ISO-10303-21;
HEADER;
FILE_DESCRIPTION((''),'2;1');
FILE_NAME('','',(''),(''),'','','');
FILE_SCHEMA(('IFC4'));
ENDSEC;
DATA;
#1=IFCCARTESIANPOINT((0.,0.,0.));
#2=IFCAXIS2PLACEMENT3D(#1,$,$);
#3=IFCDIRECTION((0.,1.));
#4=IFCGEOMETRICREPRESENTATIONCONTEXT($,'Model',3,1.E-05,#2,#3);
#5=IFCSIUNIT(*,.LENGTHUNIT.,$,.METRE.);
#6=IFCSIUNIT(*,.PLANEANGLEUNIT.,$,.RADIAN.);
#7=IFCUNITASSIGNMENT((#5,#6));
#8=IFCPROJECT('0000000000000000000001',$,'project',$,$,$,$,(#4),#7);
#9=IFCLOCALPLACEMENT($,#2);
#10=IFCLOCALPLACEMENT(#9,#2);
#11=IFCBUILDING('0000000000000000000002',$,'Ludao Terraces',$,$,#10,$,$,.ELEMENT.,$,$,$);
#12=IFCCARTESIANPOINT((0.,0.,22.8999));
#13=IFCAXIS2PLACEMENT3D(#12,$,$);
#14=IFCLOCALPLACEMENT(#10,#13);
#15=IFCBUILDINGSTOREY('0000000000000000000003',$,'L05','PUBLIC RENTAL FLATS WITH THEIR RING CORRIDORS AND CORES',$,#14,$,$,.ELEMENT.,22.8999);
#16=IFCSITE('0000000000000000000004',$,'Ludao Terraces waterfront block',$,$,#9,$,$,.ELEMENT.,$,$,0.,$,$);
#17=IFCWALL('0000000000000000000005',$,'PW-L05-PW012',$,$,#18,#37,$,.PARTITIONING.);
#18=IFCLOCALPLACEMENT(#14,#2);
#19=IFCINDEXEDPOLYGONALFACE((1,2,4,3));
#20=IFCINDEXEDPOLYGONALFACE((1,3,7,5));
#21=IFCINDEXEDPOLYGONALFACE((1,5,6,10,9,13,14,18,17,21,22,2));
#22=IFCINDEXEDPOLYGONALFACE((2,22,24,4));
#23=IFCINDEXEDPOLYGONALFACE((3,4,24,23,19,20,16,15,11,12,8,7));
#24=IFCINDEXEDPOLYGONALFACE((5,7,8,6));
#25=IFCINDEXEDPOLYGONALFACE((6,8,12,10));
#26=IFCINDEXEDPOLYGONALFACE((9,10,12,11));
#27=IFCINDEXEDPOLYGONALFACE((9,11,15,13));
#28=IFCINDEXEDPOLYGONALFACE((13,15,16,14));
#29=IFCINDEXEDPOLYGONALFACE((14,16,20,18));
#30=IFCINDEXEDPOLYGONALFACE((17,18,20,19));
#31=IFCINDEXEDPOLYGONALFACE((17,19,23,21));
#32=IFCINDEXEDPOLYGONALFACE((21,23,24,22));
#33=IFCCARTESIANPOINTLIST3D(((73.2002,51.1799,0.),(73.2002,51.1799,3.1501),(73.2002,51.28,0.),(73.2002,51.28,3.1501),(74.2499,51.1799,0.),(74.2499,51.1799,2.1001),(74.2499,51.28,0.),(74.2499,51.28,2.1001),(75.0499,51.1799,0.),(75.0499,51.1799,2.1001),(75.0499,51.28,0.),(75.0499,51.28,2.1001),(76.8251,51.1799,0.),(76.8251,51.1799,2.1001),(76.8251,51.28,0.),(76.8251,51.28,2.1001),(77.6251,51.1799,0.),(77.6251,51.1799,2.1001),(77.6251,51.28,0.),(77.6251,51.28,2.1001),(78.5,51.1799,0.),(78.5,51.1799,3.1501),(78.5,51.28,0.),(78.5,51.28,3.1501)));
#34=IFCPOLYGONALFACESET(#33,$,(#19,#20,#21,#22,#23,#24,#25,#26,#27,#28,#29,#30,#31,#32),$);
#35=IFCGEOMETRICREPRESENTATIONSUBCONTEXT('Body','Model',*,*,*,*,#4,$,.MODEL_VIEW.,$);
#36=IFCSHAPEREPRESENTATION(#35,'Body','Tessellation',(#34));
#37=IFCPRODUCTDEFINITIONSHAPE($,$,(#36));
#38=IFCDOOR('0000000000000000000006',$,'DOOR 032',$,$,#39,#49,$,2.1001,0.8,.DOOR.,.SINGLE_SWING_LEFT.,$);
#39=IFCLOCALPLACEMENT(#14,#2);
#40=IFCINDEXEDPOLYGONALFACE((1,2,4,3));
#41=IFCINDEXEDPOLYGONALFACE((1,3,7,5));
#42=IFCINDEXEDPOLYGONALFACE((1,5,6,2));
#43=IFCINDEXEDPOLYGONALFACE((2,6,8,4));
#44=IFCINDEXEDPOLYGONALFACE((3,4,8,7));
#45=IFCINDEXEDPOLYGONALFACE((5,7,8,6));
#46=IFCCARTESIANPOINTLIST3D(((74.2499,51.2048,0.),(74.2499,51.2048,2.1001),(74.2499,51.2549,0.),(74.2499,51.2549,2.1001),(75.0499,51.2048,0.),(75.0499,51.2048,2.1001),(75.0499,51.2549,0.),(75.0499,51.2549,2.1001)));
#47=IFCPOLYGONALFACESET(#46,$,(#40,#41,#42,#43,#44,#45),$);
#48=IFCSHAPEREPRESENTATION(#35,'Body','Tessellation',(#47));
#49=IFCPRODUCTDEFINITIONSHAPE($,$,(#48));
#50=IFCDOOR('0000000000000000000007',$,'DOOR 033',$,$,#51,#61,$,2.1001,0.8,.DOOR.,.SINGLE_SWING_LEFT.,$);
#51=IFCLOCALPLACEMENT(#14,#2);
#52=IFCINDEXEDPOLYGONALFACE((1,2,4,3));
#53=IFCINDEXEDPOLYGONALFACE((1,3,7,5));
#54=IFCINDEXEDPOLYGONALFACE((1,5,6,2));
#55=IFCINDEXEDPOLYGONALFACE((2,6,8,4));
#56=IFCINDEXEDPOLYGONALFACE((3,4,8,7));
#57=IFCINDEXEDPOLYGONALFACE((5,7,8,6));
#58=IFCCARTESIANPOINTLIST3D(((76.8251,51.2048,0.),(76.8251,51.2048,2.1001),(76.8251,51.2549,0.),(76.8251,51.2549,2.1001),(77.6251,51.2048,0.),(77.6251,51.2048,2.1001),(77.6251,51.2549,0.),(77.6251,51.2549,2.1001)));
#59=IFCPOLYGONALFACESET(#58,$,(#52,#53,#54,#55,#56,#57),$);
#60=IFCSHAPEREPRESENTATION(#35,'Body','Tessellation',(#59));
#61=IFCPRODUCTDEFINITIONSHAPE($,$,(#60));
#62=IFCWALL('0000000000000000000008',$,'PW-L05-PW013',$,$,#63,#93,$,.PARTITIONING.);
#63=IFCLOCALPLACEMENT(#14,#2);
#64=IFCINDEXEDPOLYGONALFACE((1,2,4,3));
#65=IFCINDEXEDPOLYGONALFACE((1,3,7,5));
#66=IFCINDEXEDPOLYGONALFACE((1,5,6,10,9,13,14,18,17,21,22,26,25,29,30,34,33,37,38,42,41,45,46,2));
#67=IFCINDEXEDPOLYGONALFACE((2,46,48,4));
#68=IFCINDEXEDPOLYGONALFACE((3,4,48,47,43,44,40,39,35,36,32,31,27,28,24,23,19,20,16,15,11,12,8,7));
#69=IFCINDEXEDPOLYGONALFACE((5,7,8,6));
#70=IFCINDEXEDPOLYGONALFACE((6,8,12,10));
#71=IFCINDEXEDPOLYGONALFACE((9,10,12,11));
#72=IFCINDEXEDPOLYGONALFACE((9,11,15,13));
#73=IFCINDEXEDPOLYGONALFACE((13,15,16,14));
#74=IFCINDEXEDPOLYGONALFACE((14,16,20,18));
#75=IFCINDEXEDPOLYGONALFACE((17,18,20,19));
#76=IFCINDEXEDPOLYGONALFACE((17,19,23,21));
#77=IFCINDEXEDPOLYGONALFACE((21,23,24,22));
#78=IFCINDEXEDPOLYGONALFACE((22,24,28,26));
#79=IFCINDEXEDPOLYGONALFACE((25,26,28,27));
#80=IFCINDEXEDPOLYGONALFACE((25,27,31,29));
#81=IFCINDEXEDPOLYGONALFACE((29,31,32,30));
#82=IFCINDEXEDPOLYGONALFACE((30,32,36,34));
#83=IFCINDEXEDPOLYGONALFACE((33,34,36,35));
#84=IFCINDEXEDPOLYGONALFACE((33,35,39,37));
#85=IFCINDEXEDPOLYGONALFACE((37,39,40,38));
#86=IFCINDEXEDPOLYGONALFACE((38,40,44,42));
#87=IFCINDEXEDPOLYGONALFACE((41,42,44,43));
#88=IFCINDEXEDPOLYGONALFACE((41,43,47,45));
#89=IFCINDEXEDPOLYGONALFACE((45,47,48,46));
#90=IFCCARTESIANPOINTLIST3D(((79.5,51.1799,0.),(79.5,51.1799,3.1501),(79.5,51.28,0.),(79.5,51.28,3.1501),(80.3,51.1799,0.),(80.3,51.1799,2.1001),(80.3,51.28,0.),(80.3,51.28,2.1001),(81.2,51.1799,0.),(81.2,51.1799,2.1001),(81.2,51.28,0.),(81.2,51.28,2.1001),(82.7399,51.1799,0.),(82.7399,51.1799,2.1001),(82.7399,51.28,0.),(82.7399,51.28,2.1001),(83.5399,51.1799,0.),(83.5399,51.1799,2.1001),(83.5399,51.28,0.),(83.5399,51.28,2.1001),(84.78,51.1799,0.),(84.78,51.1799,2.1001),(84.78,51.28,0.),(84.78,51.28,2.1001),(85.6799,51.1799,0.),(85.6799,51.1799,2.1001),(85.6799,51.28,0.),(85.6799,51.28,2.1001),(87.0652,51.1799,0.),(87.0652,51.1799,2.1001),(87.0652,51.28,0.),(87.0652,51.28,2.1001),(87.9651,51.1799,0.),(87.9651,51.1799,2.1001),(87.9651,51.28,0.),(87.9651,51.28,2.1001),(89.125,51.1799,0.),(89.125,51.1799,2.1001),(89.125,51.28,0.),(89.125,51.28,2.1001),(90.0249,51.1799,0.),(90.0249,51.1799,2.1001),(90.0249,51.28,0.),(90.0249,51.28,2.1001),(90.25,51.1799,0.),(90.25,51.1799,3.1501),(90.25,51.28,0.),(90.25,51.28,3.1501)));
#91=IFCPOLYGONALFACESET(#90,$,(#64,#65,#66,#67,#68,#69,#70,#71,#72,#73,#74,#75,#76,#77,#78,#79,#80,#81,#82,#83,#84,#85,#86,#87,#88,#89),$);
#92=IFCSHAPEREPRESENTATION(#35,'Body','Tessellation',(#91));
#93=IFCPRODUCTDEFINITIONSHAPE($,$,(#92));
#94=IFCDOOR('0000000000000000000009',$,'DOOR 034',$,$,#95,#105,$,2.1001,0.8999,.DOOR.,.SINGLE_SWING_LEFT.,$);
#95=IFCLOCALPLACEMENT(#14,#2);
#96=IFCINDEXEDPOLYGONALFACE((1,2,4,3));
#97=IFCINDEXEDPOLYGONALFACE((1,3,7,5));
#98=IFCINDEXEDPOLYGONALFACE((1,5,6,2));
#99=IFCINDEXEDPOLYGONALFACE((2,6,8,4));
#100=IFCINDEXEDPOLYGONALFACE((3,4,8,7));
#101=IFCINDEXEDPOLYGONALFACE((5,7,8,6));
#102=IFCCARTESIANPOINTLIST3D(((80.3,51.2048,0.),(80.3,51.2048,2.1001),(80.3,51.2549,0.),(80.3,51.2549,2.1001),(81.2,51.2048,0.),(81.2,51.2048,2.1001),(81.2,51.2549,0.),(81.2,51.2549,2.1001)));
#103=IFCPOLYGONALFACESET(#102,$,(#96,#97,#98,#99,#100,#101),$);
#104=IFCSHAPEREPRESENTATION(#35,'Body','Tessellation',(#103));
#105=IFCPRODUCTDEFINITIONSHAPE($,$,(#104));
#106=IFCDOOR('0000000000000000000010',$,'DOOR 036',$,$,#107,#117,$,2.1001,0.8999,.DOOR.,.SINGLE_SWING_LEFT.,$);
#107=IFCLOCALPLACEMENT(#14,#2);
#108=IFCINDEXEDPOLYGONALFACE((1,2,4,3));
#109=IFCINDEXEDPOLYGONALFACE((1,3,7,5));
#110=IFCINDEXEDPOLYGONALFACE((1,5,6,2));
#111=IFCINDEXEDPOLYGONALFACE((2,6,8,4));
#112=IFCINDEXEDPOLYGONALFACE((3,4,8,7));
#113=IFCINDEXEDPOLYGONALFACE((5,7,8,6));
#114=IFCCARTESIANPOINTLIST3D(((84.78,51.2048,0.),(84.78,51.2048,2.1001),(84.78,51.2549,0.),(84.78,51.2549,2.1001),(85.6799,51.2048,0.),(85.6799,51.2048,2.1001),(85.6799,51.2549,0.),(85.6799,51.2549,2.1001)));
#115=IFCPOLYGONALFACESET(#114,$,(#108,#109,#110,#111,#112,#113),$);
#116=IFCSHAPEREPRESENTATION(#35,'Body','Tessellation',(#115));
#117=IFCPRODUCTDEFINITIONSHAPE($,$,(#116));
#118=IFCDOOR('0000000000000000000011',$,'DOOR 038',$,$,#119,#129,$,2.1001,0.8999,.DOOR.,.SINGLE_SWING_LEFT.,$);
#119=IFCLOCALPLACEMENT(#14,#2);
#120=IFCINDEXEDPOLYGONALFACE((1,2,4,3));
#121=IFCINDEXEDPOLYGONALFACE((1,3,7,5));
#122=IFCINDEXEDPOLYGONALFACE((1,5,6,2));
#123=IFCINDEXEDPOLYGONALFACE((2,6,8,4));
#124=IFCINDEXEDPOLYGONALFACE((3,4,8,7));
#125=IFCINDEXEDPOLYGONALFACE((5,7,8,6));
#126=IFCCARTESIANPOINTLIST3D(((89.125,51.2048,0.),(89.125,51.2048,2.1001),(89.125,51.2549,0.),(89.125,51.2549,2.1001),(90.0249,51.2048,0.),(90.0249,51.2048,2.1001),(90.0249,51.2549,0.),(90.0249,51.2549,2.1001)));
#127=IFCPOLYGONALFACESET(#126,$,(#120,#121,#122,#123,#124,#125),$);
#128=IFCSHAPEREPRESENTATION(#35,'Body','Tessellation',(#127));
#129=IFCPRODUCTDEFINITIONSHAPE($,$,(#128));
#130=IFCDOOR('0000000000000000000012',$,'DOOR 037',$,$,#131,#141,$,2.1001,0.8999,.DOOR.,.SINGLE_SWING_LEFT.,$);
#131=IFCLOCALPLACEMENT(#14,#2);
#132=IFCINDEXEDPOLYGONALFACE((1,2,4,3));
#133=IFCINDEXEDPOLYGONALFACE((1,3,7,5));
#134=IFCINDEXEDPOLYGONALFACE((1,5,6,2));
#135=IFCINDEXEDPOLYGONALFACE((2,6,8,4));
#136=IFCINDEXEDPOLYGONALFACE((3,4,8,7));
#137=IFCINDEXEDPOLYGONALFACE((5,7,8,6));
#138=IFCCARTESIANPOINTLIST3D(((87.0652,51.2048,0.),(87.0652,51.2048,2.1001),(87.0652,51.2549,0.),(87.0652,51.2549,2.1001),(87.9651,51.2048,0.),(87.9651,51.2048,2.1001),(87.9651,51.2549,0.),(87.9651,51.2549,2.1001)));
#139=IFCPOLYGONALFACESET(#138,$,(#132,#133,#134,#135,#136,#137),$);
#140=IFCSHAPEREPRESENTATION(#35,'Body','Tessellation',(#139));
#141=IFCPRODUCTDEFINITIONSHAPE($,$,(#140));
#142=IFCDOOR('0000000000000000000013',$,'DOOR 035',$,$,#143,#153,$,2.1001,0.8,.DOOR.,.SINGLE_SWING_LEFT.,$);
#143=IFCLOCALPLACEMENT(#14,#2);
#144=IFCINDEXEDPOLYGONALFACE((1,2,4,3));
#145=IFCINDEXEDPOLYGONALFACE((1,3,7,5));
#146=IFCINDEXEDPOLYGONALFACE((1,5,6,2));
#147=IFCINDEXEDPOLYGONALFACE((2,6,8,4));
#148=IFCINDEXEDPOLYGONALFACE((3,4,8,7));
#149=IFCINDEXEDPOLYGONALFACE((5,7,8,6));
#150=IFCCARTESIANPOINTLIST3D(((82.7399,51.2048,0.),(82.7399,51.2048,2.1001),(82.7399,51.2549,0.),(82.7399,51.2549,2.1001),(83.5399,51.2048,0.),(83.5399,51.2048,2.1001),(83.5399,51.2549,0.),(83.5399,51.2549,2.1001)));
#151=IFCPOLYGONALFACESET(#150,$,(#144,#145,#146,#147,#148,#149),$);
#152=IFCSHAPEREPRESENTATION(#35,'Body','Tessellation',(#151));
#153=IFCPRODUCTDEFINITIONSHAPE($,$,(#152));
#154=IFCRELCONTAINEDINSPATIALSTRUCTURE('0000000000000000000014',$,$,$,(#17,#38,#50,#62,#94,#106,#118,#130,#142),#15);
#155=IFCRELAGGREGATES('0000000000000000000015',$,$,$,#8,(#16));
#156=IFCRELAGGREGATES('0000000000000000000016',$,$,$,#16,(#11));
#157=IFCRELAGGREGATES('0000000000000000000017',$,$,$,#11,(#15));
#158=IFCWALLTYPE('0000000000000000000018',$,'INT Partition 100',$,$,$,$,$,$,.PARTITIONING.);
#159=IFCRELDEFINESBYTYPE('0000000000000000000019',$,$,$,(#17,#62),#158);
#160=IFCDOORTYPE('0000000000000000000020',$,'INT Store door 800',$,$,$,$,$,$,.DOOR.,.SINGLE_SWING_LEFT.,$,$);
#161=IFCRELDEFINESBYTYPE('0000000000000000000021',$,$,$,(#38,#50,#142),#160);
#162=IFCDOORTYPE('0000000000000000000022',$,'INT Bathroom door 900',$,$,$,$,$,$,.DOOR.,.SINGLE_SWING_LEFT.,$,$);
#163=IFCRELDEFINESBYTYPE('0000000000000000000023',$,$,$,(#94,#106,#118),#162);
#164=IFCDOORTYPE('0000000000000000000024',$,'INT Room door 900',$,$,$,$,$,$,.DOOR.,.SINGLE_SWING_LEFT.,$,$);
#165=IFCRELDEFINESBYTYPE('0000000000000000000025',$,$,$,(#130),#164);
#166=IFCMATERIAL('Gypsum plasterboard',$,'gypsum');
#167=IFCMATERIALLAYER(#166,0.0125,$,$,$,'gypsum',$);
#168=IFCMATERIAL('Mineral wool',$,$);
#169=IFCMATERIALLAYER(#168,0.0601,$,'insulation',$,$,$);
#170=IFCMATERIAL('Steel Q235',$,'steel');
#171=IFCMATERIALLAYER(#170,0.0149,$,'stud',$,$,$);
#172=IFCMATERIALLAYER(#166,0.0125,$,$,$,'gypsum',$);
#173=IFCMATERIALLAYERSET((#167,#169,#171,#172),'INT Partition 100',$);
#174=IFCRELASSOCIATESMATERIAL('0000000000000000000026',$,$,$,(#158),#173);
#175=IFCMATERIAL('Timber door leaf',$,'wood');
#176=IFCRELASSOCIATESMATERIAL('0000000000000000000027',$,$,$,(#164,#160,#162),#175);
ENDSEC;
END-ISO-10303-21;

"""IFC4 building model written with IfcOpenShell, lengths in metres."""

from ifc_helpers import new_model, si_unit, direction, frame, frame_2d, origin, place, context, subcontext, project, spatial, rectangle, extrude, material, layer, layer_set, type_object, element, fill, save


model = new_model("IFC4")

# Units and contexts
model_context = context("Model", 3, precision=1e-05, world=origin(), true_north=direction((0.0, 1.0)))
body_context = subcontext(model_context, "Body", "Model", "MODEL_VIEW")
ifc_project = project(units=[si_unit("LENGTHUNIT", "METRE"), si_unit("PLANEANGLEUNIT", "RADIAN")], contexts=[model_context])

# Site, building, storey
site_placement = place(None, origin())
site = spatial("IfcSite", under=ifc_project, at=site_placement, Name="Ludao Terraces waterfront block", CompositionType="ELEMENT", RefElevation=0.0)
building_placement = place(site_placement, origin())
building = spatial("IfcBuilding", under=site, at=building_placement, Name="Ludao Terraces", CompositionType="ELEMENT")
storey_placement = place(building_placement, frame((0.0, 0.0, 22.8999)))
storey = spatial("IfcBuildingStorey", under=building, at=storey_placement, Name="L05", Description="PUBLIC RENTAL FLATS WITH THEIR RING CORRIDORS AND CORES", CompositionType="ELEMENT", Elevation=22.8999)

# Walls, openings, doors
ifc_material_1 = material(Name="Gypsum plasterboard", Category="gypsum")
ifc_layer_1 = layer(ifc_material_1, 0.0125, Category="gypsum")
ifc_material_2 = material(Name="Mineral wool")
ifc_layer_2 = layer(ifc_material_2, 0.0601, Name="insulation")
ifc_material_3 = material(Name="Steel Q235", Category="steel")
ifc_layer_3 = layer(ifc_material_3, 0.0149, Name="stud")
ifc_layer_4 = layer(ifc_material_1, 0.0125, Category="gypsum")
ifc_layer_set = layer_set([ifc_layer_1, ifc_layer_2, ifc_layer_3, ifc_layer_4], Name="INT Partition 100")
wall_type = type_object("IfcWallType", Name="INT Partition 100", PredefinedType="PARTITIONING", material=ifc_layer_set)
ifc_material_4 = material(Name="Timber door leaf", Category="wood")
door_type_1 = type_object("IfcDoorType", Name="INT Room door 900", OperationType="SINGLE_SWING_LEFT", PredefinedType="DOOR", material=ifc_material_4)
wall_1_placement = place(storey_placement, frame((73.2002, 51.23, 0.0), z_axis=(0.0, 0.0, 1.0), x_axis=(1.0, 0.0, 0.0)))
wall_1 = element("IfcWall", 1, at=wall_1_placement, inside=storey, type_object=wall_type, Name="PW-L05-PW012", PredefinedType="PARTITIONING", context=body_context, shape_type="SweptSolid", body=[
    extrude(rectangle(XDim=5.2998, YDim=0.1001, at=frame_2d((2.6499, 0.0))), origin(), (0.0, 0.0, 1.0), 3.1501),
])
opening_1_placement = place(wall_1_placement, frame((1.0498, 0.0, 0.0)))
opening_1 = element("IfcOpeningElement", 2, at=opening_1_placement, cuts=wall_1, PredefinedType="OPENING", context=body_context, shape_type="SweptSolid", body=[
    extrude(rectangle(XDim=0.8, YDim=2.1001, at=frame_2d((0.3999, 1.05))), frame((0.0, 0.0601, 0.0), z_axis=(0.0, -1.0, 0.0), x_axis=(1.0, 0.0, 0.0)), (0.0, 0.0, 1.0), 0.1201),
])
opening_2_placement = place(wall_1_placement, frame((3.625, 0.0, 0.0)))
opening_2 = element("IfcOpeningElement", 3, at=opening_2_placement, cuts=wall_1, PredefinedType="OPENING", context=body_context, shape_type="SweptSolid", body=[
    extrude(rectangle(XDim=0.8, YDim=2.1001, at=frame_2d((0.3999, 1.05))), frame((0.0, 0.0601, 0.0), z_axis=(0.0, -1.0, 0.0), x_axis=(1.0, 0.0, 0.0)), (0.0, 0.0, 1.0), 0.1201),
])
door_type_2 = type_object("IfcDoorType", Name="INT Store door 800", OperationType="SINGLE_SWING_LEFT", PredefinedType="DOOR", material=ifc_material_4)
door_1_placement = place(opening_1_placement, origin())
door_1 = element("IfcDoor", 4, at=door_1_placement, inside=storey, type_object=door_type_2, Name="DOOR 032", OperationType="SINGLE_SWING_LEFT", OverallHeight=2.1001, OverallWidth=0.8, PredefinedType="DOOR", context=body_context, shape_type="SweptSolid", body=[
    extrude(rectangle(XDim=0.8, YDim=2.1001, at=frame_2d((0.3999, 1.05))), frame((0.0, 0.0249, 0.0), z_axis=(0.0, -1.0, 0.0), x_axis=(1.0, 0.0, 0.0)), (0.0, 0.0, 1.0), 0.05),
])
fill(opening_1, door_1)
door_2_placement = place(opening_2_placement, origin())
door_2 = element("IfcDoor", 5, at=door_2_placement, inside=storey, type_object=door_type_2, Name="DOOR 033", OperationType="SINGLE_SWING_LEFT", OverallHeight=2.1001, OverallWidth=0.8, PredefinedType="DOOR", context=body_context, shape_type="SweptSolid", body=[
    extrude(rectangle(XDim=0.8, YDim=2.1001, at=frame_2d((0.3999, 1.05))), frame((0.0, 0.0249, 0.0), z_axis=(0.0, -1.0, 0.0), x_axis=(1.0, 0.0, 0.0)), (0.0, 0.0, 1.0), 0.05),
])
fill(opening_2, door_2)
wall_2_placement = place(storey_placement, frame((79.5, 51.23, 0.0), z_axis=(0.0, 0.0, 1.0), x_axis=(1.0, 0.0, 0.0)))
wall_2 = element("IfcWall", 6, at=wall_2_placement, inside=storey, type_object=wall_type, Name="PW-L05-PW013", PredefinedType="PARTITIONING", context=body_context, shape_type="SweptSolid", body=[
    extrude(rectangle(XDim=10.75, YDim=0.1001, at=frame_2d((5.375, 0.0))), origin(), (0.0, 0.0, 1.0), 3.1501),
])
opening_3_placement = place(wall_2_placement, frame((0.8, 0.0, 0.0)))
opening_3 = element("IfcOpeningElement", 7, at=opening_3_placement, cuts=wall_2, PredefinedType="OPENING", context=body_context, shape_type="SweptSolid", body=[
    extrude(rectangle(XDim=0.8999, YDim=2.1001, at=frame_2d((0.45, 1.05))), frame((0.0, 0.0601, 0.0), z_axis=(0.0, -1.0, 0.0), x_axis=(1.0, 0.0, 0.0)), (0.0, 0.0, 1.0), 0.1201),
])
opening_4_placement = place(wall_2_placement, frame((3.24, 0.0, 0.0)))
opening_4 = element("IfcOpeningElement", 8, at=opening_4_placement, cuts=wall_2, PredefinedType="OPENING", context=body_context, shape_type="SweptSolid", body=[
    extrude(rectangle(XDim=0.8, YDim=2.1001, at=frame_2d((0.3999, 1.05))), frame((0.0, 0.0601, 0.0), z_axis=(0.0, -1.0, 0.0), x_axis=(1.0, 0.0, 0.0)), (0.0, 0.0, 1.0), 0.1201),
])
opening_5_placement = place(wall_2_placement, frame((5.28, 0.0, 0.0)))
opening_5 = element("IfcOpeningElement", 9, at=opening_5_placement, cuts=wall_2, PredefinedType="OPENING", context=body_context, shape_type="SweptSolid", body=[
    extrude(rectangle(XDim=0.8999, YDim=2.1001, at=frame_2d((0.45, 1.05))), frame((0.0, 0.0601, 0.0), z_axis=(0.0, -1.0, 0.0), x_axis=(1.0, 0.0, 0.0)), (0.0, 0.0, 1.0), 0.1201),
])
opening_6_placement = place(wall_2_placement, frame((7.5652, 0.0, 0.0)))
opening_6 = element("IfcOpeningElement", 10, at=opening_6_placement, cuts=wall_2, PredefinedType="OPENING", context=body_context, shape_type="SweptSolid", body=[
    extrude(rectangle(XDim=0.8999, YDim=2.1001, at=frame_2d((0.45, 1.05))), frame((0.0, 0.0601, 0.0), z_axis=(0.0, -1.0, 0.0), x_axis=(1.0, 0.0, 0.0)), (0.0, 0.0, 1.0), 0.1201),
])
opening_7_placement = place(wall_2_placement, frame((9.625, 0.0, 0.0)))
opening_7 = element("IfcOpeningElement", 11, at=opening_7_placement, cuts=wall_2, PredefinedType="OPENING", context=body_context, shape_type="SweptSolid", body=[
    extrude(rectangle(XDim=0.8999, YDim=2.1001, at=frame_2d((0.45, 1.05))), frame((0.0, 0.0601, 0.0), z_axis=(0.0, -1.0, 0.0), x_axis=(1.0, 0.0, 0.0)), (0.0, 0.0, 1.0), 0.1201),
])
door_type_3 = type_object("IfcDoorType", Name="INT Bathroom door 900", OperationType="SINGLE_SWING_LEFT", PredefinedType="DOOR", material=ifc_material_4)
door_3_placement = place(opening_3_placement, origin())
door_3 = element("IfcDoor", 12, at=door_3_placement, inside=storey, type_object=door_type_3, Name="DOOR 034", OperationType="SINGLE_SWING_LEFT", OverallHeight=2.1001, OverallWidth=0.8999, PredefinedType="DOOR", context=body_context, shape_type="SweptSolid", body=[
    extrude(rectangle(XDim=0.8999, YDim=2.1001, at=frame_2d((0.45, 1.05))), frame((0.0, 0.0249, 0.0), z_axis=(0.0, -1.0, 0.0), x_axis=(1.0, 0.0, 0.0)), (0.0, 0.0, 1.0), 0.05),
])
fill(opening_3, door_3)
door_4_placement = place(opening_5_placement, origin())
door_4 = element("IfcDoor", 13, at=door_4_placement, inside=storey, type_object=door_type_3, Name="DOOR 036", OperationType="SINGLE_SWING_LEFT", OverallHeight=2.1001, OverallWidth=0.8999, PredefinedType="DOOR", context=body_context, shape_type="SweptSolid", body=[
    extrude(rectangle(XDim=0.8999, YDim=2.1001, at=frame_2d((0.45, 1.05))), frame((0.0, 0.0249, 0.0), z_axis=(0.0, -1.0, 0.0), x_axis=(1.0, 0.0, 0.0)), (0.0, 0.0, 1.0), 0.05),
])
fill(opening_5, door_4)
door_5_placement = place(opening_7_placement, origin())
door_5 = element("IfcDoor", 14, at=door_5_placement, inside=storey, type_object=door_type_3, Name="DOOR 038", OperationType="SINGLE_SWING_LEFT", OverallHeight=2.1001, OverallWidth=0.8999, PredefinedType="DOOR", context=body_context, shape_type="SweptSolid", body=[
    extrude(rectangle(XDim=0.8999, YDim=2.1001, at=frame_2d((0.45, 1.05))), frame((0.0, 0.0249, 0.0), z_axis=(0.0, -1.0, 0.0), x_axis=(1.0, 0.0, 0.0)), (0.0, 0.0, 1.0), 0.05),
])
fill(opening_7, door_5)
door_6_placement = place(opening_6_placement, origin())
door_6 = element("IfcDoor", 15, at=door_6_placement, inside=storey, type_object=door_type_1, Name="DOOR 037", OperationType="SINGLE_SWING_LEFT", OverallHeight=2.1001, OverallWidth=0.8999, PredefinedType="DOOR", context=body_context, shape_type="SweptSolid", body=[
    extrude(rectangle(XDim=0.8999, YDim=2.1001, at=frame_2d((0.45, 1.05))), frame((0.0, 0.0249, 0.0), z_axis=(0.0, -1.0, 0.0), x_axis=(1.0, 0.0, 0.0)), (0.0, 0.0, 1.0), 0.05),
])
fill(opening_6, door_6)
door_7_placement = place(opening_4_placement, origin())
door_7 = element("IfcDoor", 16, at=door_7_placement, inside=storey, type_object=door_type_2, Name="DOOR 035", OperationType="SINGLE_SWING_LEFT", OverallHeight=2.1001, OverallWidth=0.8, PredefinedType="DOOR", context=body_context, shape_type="SweptSolid", body=[
    extrude(rectangle(XDim=0.8, YDim=2.1001, at=frame_2d((0.3999, 1.05))), frame((0.0, 0.0249, 0.0), z_axis=(0.0, -1.0, 0.0), x_axis=(1.0, 0.0, 0.0)), (0.0, 0.0, 1.0), 0.05),
])
fill(opening_4, door_7)

save(model, "model.ifc")
